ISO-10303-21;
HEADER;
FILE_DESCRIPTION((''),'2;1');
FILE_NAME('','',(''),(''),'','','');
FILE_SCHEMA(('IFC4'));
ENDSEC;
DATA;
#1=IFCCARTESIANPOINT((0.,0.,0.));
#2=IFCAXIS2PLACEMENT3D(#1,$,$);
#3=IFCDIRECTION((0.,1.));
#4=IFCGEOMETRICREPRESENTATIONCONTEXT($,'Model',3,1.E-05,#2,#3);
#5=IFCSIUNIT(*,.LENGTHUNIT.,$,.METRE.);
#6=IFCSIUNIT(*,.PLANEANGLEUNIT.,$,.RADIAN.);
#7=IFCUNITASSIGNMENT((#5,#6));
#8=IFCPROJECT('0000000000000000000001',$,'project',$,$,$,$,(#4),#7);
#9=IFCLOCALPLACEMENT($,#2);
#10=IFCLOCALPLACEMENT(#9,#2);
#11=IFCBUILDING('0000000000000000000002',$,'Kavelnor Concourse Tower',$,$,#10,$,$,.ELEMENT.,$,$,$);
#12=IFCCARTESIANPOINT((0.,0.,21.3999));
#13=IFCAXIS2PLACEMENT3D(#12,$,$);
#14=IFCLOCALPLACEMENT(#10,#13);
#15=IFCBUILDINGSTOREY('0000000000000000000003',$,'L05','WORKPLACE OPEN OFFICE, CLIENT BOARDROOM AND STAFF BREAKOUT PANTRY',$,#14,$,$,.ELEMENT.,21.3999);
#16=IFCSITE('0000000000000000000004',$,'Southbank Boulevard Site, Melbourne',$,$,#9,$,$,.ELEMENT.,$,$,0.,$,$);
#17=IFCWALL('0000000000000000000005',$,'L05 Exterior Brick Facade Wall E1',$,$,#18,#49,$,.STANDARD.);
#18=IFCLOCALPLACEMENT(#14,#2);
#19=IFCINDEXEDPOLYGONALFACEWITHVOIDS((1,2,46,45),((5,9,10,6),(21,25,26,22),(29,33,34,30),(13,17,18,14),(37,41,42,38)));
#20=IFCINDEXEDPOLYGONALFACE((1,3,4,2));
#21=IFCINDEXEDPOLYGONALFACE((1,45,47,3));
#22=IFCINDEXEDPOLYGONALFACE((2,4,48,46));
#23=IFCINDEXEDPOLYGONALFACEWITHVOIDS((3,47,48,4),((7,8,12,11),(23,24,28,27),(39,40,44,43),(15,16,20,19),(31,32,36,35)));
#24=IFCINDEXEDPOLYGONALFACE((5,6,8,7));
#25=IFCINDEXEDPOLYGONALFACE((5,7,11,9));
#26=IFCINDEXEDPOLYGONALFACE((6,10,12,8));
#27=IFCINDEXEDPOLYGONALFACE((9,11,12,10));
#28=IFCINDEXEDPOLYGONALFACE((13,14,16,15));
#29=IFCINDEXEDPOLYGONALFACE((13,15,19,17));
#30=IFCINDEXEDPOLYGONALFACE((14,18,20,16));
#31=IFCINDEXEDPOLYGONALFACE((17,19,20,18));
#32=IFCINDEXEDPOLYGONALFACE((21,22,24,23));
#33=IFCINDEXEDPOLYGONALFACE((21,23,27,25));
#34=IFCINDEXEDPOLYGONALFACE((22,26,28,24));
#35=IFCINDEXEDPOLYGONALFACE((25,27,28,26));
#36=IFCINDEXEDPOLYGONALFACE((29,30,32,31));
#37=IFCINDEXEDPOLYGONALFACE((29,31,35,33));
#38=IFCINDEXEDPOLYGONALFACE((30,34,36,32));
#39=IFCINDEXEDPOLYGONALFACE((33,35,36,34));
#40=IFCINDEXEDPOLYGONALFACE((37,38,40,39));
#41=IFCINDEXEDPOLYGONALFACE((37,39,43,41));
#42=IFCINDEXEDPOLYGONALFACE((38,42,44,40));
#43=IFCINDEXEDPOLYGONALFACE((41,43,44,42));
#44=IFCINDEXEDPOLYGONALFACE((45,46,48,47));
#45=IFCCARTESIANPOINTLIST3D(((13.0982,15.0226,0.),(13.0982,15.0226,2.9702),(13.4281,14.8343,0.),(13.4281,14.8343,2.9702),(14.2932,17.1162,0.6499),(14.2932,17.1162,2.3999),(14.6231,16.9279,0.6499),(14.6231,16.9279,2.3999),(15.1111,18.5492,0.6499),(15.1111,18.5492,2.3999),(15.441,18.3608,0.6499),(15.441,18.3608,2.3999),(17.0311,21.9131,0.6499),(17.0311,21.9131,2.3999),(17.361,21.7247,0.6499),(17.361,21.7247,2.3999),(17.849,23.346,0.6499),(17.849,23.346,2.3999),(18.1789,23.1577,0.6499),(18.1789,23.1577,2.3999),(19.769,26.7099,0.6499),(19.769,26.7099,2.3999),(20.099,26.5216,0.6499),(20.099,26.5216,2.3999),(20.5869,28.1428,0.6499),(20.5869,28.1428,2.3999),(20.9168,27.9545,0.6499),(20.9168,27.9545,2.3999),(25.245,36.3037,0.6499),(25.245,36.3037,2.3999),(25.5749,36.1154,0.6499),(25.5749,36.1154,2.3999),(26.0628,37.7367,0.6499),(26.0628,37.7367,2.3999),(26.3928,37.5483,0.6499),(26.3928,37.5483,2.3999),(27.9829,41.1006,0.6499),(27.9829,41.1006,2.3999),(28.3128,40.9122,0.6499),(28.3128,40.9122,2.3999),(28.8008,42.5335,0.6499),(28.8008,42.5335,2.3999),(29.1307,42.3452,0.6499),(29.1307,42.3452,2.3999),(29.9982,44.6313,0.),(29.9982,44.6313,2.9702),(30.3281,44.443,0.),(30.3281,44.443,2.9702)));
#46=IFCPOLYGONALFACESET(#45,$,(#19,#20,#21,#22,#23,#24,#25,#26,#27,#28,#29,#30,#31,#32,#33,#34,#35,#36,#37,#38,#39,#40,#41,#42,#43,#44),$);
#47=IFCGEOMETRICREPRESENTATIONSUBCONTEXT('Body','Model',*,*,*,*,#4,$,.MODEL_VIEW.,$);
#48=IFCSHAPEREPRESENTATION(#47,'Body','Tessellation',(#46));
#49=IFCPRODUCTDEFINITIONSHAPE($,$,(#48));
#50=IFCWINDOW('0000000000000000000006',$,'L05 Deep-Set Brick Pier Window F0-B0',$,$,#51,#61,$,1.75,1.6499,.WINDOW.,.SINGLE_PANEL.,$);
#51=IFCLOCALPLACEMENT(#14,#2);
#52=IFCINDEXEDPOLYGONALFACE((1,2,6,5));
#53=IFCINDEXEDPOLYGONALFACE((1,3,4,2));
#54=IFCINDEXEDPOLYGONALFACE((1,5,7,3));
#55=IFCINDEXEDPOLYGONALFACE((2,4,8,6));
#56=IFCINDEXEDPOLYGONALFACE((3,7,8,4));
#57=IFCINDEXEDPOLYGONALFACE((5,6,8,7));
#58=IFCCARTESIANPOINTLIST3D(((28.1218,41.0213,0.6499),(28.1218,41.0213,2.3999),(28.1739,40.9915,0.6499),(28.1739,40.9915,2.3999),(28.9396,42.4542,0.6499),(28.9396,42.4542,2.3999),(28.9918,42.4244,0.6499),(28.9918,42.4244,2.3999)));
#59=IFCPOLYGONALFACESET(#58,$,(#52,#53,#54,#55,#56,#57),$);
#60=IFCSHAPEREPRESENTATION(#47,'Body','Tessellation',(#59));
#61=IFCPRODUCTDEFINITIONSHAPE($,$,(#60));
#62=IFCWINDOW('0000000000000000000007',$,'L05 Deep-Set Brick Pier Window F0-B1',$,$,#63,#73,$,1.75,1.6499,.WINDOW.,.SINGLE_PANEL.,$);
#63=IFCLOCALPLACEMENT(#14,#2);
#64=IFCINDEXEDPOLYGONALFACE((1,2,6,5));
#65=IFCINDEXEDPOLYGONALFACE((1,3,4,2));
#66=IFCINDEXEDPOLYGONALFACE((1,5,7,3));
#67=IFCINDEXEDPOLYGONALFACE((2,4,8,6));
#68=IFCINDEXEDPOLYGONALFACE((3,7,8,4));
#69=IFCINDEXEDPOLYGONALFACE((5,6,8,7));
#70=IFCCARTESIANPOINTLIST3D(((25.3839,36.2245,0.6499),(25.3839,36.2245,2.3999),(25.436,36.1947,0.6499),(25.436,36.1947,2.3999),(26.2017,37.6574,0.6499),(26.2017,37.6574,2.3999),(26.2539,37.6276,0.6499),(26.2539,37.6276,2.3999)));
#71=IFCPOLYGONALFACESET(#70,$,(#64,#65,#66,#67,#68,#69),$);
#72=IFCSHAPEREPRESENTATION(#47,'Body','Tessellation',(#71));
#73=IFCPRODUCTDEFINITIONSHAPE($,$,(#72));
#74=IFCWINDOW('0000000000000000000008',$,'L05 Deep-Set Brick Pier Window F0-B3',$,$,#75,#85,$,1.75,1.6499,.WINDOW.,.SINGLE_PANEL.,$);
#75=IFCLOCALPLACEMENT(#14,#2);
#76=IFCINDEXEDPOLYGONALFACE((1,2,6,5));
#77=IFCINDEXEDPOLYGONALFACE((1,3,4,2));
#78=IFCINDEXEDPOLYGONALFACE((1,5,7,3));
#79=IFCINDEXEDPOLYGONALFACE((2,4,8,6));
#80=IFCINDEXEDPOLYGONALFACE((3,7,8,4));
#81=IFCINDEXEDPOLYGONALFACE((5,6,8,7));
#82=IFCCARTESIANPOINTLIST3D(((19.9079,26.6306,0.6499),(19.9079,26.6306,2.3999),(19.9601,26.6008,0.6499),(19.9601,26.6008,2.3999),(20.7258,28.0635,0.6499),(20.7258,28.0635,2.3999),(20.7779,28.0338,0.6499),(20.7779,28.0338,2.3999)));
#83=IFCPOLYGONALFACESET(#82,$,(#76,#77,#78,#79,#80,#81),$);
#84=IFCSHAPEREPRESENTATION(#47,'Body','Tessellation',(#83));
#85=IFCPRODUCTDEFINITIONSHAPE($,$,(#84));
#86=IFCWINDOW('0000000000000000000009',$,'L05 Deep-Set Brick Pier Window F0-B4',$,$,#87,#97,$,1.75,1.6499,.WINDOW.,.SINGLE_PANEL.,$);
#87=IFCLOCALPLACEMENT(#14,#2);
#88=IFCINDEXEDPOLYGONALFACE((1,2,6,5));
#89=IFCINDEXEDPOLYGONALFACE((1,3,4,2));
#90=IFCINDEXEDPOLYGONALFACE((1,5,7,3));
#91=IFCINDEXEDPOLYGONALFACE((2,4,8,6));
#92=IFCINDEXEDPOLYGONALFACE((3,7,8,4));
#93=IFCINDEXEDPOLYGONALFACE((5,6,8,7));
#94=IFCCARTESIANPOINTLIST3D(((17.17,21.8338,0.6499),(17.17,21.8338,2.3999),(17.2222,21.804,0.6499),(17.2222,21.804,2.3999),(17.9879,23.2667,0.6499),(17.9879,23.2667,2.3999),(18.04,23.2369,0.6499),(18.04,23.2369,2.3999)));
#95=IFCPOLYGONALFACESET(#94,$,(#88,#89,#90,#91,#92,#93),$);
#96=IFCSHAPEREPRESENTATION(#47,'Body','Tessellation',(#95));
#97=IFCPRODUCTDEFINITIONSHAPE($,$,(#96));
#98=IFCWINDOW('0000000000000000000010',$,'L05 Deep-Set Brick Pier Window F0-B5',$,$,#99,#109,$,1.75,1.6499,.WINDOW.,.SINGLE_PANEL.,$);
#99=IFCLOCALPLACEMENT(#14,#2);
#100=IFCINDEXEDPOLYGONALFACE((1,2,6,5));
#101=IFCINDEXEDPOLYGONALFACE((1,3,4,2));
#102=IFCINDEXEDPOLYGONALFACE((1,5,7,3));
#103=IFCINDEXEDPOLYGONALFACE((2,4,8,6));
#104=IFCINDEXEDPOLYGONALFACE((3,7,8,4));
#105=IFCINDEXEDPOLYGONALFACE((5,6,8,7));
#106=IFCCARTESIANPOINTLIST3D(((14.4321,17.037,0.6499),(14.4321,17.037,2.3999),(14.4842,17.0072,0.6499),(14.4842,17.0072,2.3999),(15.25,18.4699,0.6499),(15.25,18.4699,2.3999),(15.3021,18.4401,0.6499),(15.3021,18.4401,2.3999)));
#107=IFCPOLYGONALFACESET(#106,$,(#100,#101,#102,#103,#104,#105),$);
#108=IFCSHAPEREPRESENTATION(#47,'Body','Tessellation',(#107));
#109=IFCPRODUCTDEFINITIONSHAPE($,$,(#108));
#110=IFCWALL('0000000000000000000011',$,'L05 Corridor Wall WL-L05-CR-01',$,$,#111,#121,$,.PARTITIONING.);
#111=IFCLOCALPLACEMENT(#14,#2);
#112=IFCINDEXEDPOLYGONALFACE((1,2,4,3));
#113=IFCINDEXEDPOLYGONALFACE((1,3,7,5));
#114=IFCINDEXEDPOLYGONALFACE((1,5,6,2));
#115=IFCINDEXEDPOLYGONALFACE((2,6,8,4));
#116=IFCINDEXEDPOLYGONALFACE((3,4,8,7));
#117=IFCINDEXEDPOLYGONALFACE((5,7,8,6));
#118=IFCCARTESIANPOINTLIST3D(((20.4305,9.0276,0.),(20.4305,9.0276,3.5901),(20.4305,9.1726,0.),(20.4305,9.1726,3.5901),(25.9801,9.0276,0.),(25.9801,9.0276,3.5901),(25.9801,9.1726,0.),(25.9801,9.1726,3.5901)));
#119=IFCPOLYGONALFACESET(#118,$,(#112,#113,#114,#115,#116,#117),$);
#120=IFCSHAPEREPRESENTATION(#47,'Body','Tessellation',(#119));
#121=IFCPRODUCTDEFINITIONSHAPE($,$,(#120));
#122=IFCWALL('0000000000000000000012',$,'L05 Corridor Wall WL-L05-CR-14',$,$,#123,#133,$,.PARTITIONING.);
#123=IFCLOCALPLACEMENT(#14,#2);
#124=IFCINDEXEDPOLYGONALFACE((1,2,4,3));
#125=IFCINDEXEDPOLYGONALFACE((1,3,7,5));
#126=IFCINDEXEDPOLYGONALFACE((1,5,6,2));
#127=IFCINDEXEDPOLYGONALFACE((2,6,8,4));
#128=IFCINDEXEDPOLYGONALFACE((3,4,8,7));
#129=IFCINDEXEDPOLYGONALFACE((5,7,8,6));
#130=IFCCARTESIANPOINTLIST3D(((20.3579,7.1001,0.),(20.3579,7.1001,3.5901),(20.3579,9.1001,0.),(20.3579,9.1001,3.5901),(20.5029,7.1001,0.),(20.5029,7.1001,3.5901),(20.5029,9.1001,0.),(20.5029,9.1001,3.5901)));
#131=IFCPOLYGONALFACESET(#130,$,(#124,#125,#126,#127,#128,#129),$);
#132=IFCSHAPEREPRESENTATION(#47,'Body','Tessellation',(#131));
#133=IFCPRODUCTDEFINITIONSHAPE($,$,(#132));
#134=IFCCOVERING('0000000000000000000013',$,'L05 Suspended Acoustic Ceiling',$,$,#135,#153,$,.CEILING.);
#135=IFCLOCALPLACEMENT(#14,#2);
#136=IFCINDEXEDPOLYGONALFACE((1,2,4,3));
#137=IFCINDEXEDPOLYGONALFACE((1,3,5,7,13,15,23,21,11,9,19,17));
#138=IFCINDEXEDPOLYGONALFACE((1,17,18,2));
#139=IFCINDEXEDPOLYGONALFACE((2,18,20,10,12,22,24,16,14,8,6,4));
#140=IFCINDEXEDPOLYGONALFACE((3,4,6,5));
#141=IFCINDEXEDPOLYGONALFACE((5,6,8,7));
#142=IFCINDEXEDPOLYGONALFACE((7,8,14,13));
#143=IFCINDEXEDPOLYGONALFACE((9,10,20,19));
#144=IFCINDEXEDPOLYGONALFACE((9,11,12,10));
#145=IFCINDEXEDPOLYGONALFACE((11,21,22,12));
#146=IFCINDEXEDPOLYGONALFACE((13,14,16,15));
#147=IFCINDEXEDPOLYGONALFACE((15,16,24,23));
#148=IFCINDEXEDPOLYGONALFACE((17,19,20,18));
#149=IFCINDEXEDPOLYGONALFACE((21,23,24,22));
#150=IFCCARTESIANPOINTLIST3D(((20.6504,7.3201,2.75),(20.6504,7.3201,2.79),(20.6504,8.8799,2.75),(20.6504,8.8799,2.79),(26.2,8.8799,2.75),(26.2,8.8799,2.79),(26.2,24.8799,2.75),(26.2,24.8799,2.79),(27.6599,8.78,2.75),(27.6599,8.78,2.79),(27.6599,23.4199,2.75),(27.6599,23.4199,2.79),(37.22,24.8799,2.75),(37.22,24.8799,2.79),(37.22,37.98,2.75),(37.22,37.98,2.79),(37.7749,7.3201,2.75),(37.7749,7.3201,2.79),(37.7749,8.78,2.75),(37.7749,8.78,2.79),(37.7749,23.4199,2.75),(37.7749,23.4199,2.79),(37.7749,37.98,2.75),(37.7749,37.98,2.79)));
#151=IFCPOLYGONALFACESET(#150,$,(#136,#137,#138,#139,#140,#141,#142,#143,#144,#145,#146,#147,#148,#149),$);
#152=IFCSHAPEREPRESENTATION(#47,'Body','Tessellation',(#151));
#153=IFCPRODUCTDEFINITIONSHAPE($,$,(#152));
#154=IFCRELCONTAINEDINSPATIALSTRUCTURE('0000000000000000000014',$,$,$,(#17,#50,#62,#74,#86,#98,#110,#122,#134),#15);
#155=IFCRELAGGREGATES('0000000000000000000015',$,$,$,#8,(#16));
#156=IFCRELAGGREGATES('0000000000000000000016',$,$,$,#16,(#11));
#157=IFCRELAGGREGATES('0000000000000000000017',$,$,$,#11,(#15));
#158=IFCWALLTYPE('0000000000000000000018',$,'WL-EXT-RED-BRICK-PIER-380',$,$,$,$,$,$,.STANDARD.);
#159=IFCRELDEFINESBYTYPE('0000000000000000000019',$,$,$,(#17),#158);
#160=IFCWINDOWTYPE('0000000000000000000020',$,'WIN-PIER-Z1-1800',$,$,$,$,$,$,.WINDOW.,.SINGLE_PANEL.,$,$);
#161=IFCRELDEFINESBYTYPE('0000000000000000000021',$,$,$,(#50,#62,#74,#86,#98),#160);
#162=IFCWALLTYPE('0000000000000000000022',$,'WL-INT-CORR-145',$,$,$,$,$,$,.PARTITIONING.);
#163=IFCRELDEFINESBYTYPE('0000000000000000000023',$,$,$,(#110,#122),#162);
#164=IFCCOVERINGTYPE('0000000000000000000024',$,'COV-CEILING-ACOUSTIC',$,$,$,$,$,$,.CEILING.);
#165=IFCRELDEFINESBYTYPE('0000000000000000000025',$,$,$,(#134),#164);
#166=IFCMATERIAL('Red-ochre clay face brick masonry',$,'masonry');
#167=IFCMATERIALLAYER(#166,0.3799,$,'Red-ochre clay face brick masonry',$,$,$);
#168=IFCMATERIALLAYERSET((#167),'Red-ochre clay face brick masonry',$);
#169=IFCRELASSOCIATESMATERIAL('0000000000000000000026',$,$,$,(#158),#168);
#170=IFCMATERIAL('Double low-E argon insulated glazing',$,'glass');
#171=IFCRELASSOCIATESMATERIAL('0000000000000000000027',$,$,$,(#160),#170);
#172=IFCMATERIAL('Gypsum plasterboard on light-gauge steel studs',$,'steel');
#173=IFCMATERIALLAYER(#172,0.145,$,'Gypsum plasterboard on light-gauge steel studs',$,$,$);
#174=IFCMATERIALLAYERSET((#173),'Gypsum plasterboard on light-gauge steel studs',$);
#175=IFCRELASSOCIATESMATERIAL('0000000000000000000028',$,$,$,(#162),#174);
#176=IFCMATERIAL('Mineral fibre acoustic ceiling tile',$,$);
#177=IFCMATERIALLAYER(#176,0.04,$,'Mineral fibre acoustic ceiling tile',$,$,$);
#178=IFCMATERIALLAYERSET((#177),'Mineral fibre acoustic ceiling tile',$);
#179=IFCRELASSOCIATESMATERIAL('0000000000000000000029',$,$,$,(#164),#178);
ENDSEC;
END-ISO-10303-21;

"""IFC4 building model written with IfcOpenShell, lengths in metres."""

from ifc_helpers import new_model, si_unit, direction, frame, frame_2d, origin, place, context, subcontext, project, spatial, polyline, rectangle, outline, extrude, material, layer, layer_set, type_object, element, fill, save


model = new_model("IFC4")

# Units and contexts
model_context = context("Model", 3, precision=1e-05, world=origin(), true_north=direction((0.0, 1.0)))
body_context = subcontext(model_context, "Body", "Model", "MODEL_VIEW")
ifc_project = project(units=[si_unit("LENGTHUNIT", "METRE"), si_unit("PLANEANGLEUNIT", "RADIAN")], contexts=[model_context])

# Site, building, storey
site_placement = place(None, origin())
site = spatial("IfcSite", under=ifc_project, at=site_placement, Name="Southbank Boulevard Site, Melbourne", CompositionType="ELEMENT", RefElevation=0.0)
building_placement = place(site_placement, origin())
building = spatial("IfcBuilding", under=site, at=building_placement, Name="Kavelnor Concourse Tower", CompositionType="ELEMENT")
storey_placement = place(building_placement, frame((0.0, 0.0, 21.3999)))
storey = spatial("IfcBuildingStorey", under=building, at=storey_placement, Name="L05", Description="WORKPLACE OPEN OFFICE, CLIENT BOARDROOM AND STAFF BREAKOUT PANTRY", CompositionType="ELEMENT", Elevation=21.3999)

# Wall, openings, windows
ifc_material_1 = material(Name="Red-ochre clay face brick masonry", Category="masonry")
ifc_layer_1 = layer(ifc_material_1, 0.3799, Name="Red-ochre clay face brick masonry")
ifc_layer_set_1 = layer_set([ifc_layer_1], Name="Red-ochre clay face brick masonry")
wall_type_1 = type_object("IfcWallType", Name="WL-EXT-RED-BRICK-PIER-380", PredefinedType="STANDARD", material=ifc_layer_set_1)
wall_1_placement = place(storey_placement, frame((13.2632, 14.9285, 0.0), z_axis=(0.0, 0.0, 1.0), x_axis=(0.495712, 0.868487, 0.0)))
wall_1 = element("IfcWall", 1, at=wall_1_placement, inside=storey, type_object=wall_type_1, Name="L05 Exterior Brick Facade Wall E1", PredefinedType="STANDARD", context=body_context, shape_type="SweptSolid", body=[
    extrude(rectangle(XDim=34.0923, YDim=0.3799, at=frame_2d((17.0461, 0.0))), origin(), (0.0, 0.0, 1.0), 2.9702),
])
opening_1_placement = place(wall_1_placement, frame((30.0269, 0.0, 0.6499)))
opening_1 = element("IfcOpeningElement", 2, at=opening_1_placement, cuts=wall_1, PredefinedType="OPENING", context=body_context, shape_type="SweptSolid", body=[
    extrude(rectangle(XDim=1.6499, YDim=1.75, at=frame_2d((0.825, 0.875))), frame((0.0, 0.2, 0.0), z_axis=(0.0, -1.0, 0.0), x_axis=(1.0, 0.0, 0.0)), (0.0, 0.0, 1.0), 0.3999),
])
opening_2_placement = place(wall_1_placement, frame((24.5037, 0.0, 0.6499)))
opening_2 = element("IfcOpeningElement", 3, at=opening_2_placement, cuts=wall_1, PredefinedType="OPENING", context=body_context, shape_type="SweptSolid", body=[
    extrude(rectangle(XDim=1.6499, YDim=1.75, at=frame_2d((0.825, 0.875))), frame((0.0, 0.2, 0.0), z_axis=(0.0, -1.0, 0.0), x_axis=(1.0, 0.0, 0.0)), (0.0, 0.0, 1.0), 0.3999),
])
opening_3_placement = place(wall_1_placement, frame((13.457, 0.0, 0.6499)))
opening_3 = element("IfcOpeningElement", 4, at=opening_3_placement, cuts=wall_1, PredefinedType="OPENING", context=body_context, shape_type="SweptSolid", body=[
    extrude(rectangle(XDim=1.6499, YDim=1.75, at=frame_2d((0.825, 0.875))), frame((0.0, 0.2, 0.0), z_axis=(0.0, -1.0, 0.0), x_axis=(1.0, 0.0, 0.0)), (0.0, 0.0, 1.0), 0.3999),
])
opening_4_placement = place(wall_1_placement, frame((7.9338, 0.0, 0.6499)))
opening_4 = element("IfcOpeningElement", 5, at=opening_4_placement, cuts=wall_1, PredefinedType="OPENING", context=body_context, shape_type="SweptSolid", body=[
    extrude(rectangle(XDim=1.6499, YDim=1.75, at=frame_2d((0.825, 0.875))), frame((0.0, 0.2, 0.0), z_axis=(0.0, -1.0, 0.0), x_axis=(1.0, 0.0, 0.0)), (0.0, 0.0, 1.0), 0.3999),
])
opening_5_placement = place(wall_1_placement, frame((2.4106, 0.0, 0.6499)))
opening_5 = element("IfcOpeningElement", 6, at=opening_5_placement, cuts=wall_1, PredefinedType="OPENING", context=body_context, shape_type="SweptSolid", body=[
    extrude(rectangle(XDim=1.6499, YDim=1.75, at=frame_2d((0.825, 0.875))), frame((0.0, 0.2, 0.0), z_axis=(0.0, -1.0, 0.0), x_axis=(1.0, 0.0, 0.0)), (0.0, 0.0, 1.0), 0.3999),
])
ifc_material_2 = material(Name="Double low-E argon insulated glazing", Category="glass")
window_type = type_object("IfcWindowType", Name="WIN-PIER-Z1-1800", PartitioningType="SINGLE_PANEL", PredefinedType="WINDOW", material=ifc_material_2)
window_1_placement = place(opening_1_placement, origin())
window_1 = element("IfcWindow", 7, at=window_1_placement, inside=storey, type_object=window_type, Name="L05 Deep-Set Brick Pier Window F0-B0", OverallHeight=1.75, OverallWidth=1.6499, PartitioningType="SINGLE_PANEL", PredefinedType="WINDOW", context=body_context, shape_type="SweptSolid", body=[
    extrude(rectangle(XDim=1.6499, YDim=1.75, at=frame_2d((0.825, 0.875))), frame((0.0, 0.03, 0.0), z_axis=(0.0, -1.0, 0.0), x_axis=(1.0, 0.0, 0.0)), (0.0, 0.0, 1.0), 0.0601),
])
fill(opening_1, window_1)
window_2_placement = place(opening_2_placement, origin())
window_2 = element("IfcWindow", 8, at=window_2_placement, inside=storey, type_object=window_type, Name="L05 Deep-Set Brick Pier Window F0-B1", OverallHeight=1.75, OverallWidth=1.6499, PartitioningType="SINGLE_PANEL", PredefinedType="WINDOW", context=body_context, shape_type="SweptSolid", body=[
    extrude(rectangle(XDim=1.6499, YDim=1.75, at=frame_2d((0.825, 0.875))), frame((0.0, 0.03, 0.0), z_axis=(0.0, -1.0, 0.0), x_axis=(1.0, 0.0, 0.0)), (0.0, 0.0, 1.0), 0.0601),
])
fill(opening_2, window_2)
window_3_placement = place(opening_3_placement, origin())
window_3 = element("IfcWindow", 9, at=window_3_placement, inside=storey, type_object=window_type, Name="L05 Deep-Set Brick Pier Window F0-B3", OverallHeight=1.75, OverallWidth=1.6499, PartitioningType="SINGLE_PANEL", PredefinedType="WINDOW", context=body_context, shape_type="SweptSolid", body=[
    extrude(rectangle(XDim=1.6499, YDim=1.75, at=frame_2d((0.825, 0.875))), frame((0.0, 0.03, 0.0), z_axis=(0.0, -1.0, 0.0), x_axis=(1.0, 0.0, 0.0)), (0.0, 0.0, 1.0), 0.0601),
])
fill(opening_3, window_3)
window_4_placement = place(opening_4_placement, origin())
window_4 = element("IfcWindow", 10, at=window_4_placement, inside=storey, type_object=window_type, Name="L05 Deep-Set Brick Pier Window F0-B4", OverallHeight=1.75, OverallWidth=1.6499, PartitioningType="SINGLE_PANEL", PredefinedType="WINDOW", context=body_context, shape_type="SweptSolid", body=[
    extrude(rectangle(XDim=1.6499, YDim=1.75, at=frame_2d((0.825, 0.875))), frame((0.0, 0.03, 0.0), z_axis=(0.0, -1.0, 0.0), x_axis=(1.0, 0.0, 0.0)), (0.0, 0.0, 1.0), 0.0601),
])
fill(opening_4, window_4)
window_5_placement = place(opening_5_placement, origin())
window_5 = element("IfcWindow", 11, at=window_5_placement, inside=storey, type_object=window_type, Name="L05 Deep-Set Brick Pier Window F0-B5", OverallHeight=1.75, OverallWidth=1.6499, PartitioningType="SINGLE_PANEL", PredefinedType="WINDOW", context=body_context, shape_type="SweptSolid", body=[
    extrude(rectangle(XDim=1.6499, YDim=1.75, at=frame_2d((0.825, 0.875))), frame((0.0, 0.03, 0.0), z_axis=(0.0, -1.0, 0.0), x_axis=(1.0, 0.0, 0.0)), (0.0, 0.0, 1.0), 0.0601),
])
fill(opening_5, window_5)

# Walls
ifc_material_3 = material(Name="Gypsum plasterboard on light-gauge steel studs", Category="steel")
ifc_layer_2 = layer(ifc_material_3, 0.145, Name="Gypsum plasterboard on light-gauge steel studs")
ifc_layer_set_2 = layer_set([ifc_layer_2], Name="Gypsum plasterboard on light-gauge steel studs")
wall_type_2 = type_object("IfcWallType", Name="WL-INT-CORR-145", PredefinedType="PARTITIONING", material=ifc_layer_set_2)
wall_2_placement = place(storey_placement, frame((20.4304, 9.1001, 0.0), z_axis=(0.0, 0.0, 1.0), x_axis=(1.0, 0.0, 0.0)))
element("IfcWall", 12, at=wall_2_placement, inside=storey, type_object=wall_type_2, Name="L05 Corridor Wall WL-L05-CR-01", PredefinedType="PARTITIONING", context=body_context, shape_type="SweptSolid", body=[
    extrude(rectangle(XDim=5.5496, YDim=0.145, at=frame_2d((2.7749, 0.0))), origin(), (0.0, 0.0, 1.0), 3.5901),
])
wall_3_placement = place(storey_placement, frame((20.4304, 7.1001, 0.0), z_axis=(0.0, 0.0, 1.0), x_axis=(0.0, 1.0, 0.0)))
element("IfcWall", 13, at=wall_3_placement, inside=storey, type_object=wall_type_2, Name="L05 Corridor Wall WL-L05-CR-14", PredefinedType="PARTITIONING", context=body_context, shape_type="SweptSolid", body=[
    extrude(rectangle(XDim=2.0, YDim=0.145, at=frame_2d((1.0, 0.0))), origin(), (0.0, 0.0, 1.0), 3.5901),
])

# Covering
ifc_material_4 = material(Name="Mineral fibre acoustic ceiling tile")
ifc_layer_3 = layer(ifc_material_4, 0.04, Name="Mineral fibre acoustic ceiling tile")
ifc_layer_set_3 = layer_set([ifc_layer_3], Name="Mineral fibre acoustic ceiling tile")
covering_type_1 = type_object("IfcCoveringType", Name="COV-CEILING-ACOUSTIC", PredefinedType="CEILING", material=ifc_layer_set_3)
covering_1_placement = place(storey_placement, frame((0.0, 0.0, 2.75)))
element("IfcCovering", 14, at=covering_1_placement, inside=storey, type_object=covering_type_1, Name="L05 Suspended Acoustic Ceiling", PredefinedType="CEILING", context=body_context, shape_type="SweptSolid", body=[
    extrude(outline(polyline([(37.22, 37.98), (37.7749, 37.98), (37.7749, 23.4199), (27.6599, 23.4199), (27.6599, 8.78), (37.7749, 8.78), (37.7749, 7.3201), (20.6504, 7.3201), (20.6504, 8.8799), (26.2, 8.8799), (26.2, 24.8799), (37.22, 24.8799), (37.22, 37.98)])), origin(), (0.0, 0.0, 1.0), 0.04),
])

save(model, "model.ifc")
